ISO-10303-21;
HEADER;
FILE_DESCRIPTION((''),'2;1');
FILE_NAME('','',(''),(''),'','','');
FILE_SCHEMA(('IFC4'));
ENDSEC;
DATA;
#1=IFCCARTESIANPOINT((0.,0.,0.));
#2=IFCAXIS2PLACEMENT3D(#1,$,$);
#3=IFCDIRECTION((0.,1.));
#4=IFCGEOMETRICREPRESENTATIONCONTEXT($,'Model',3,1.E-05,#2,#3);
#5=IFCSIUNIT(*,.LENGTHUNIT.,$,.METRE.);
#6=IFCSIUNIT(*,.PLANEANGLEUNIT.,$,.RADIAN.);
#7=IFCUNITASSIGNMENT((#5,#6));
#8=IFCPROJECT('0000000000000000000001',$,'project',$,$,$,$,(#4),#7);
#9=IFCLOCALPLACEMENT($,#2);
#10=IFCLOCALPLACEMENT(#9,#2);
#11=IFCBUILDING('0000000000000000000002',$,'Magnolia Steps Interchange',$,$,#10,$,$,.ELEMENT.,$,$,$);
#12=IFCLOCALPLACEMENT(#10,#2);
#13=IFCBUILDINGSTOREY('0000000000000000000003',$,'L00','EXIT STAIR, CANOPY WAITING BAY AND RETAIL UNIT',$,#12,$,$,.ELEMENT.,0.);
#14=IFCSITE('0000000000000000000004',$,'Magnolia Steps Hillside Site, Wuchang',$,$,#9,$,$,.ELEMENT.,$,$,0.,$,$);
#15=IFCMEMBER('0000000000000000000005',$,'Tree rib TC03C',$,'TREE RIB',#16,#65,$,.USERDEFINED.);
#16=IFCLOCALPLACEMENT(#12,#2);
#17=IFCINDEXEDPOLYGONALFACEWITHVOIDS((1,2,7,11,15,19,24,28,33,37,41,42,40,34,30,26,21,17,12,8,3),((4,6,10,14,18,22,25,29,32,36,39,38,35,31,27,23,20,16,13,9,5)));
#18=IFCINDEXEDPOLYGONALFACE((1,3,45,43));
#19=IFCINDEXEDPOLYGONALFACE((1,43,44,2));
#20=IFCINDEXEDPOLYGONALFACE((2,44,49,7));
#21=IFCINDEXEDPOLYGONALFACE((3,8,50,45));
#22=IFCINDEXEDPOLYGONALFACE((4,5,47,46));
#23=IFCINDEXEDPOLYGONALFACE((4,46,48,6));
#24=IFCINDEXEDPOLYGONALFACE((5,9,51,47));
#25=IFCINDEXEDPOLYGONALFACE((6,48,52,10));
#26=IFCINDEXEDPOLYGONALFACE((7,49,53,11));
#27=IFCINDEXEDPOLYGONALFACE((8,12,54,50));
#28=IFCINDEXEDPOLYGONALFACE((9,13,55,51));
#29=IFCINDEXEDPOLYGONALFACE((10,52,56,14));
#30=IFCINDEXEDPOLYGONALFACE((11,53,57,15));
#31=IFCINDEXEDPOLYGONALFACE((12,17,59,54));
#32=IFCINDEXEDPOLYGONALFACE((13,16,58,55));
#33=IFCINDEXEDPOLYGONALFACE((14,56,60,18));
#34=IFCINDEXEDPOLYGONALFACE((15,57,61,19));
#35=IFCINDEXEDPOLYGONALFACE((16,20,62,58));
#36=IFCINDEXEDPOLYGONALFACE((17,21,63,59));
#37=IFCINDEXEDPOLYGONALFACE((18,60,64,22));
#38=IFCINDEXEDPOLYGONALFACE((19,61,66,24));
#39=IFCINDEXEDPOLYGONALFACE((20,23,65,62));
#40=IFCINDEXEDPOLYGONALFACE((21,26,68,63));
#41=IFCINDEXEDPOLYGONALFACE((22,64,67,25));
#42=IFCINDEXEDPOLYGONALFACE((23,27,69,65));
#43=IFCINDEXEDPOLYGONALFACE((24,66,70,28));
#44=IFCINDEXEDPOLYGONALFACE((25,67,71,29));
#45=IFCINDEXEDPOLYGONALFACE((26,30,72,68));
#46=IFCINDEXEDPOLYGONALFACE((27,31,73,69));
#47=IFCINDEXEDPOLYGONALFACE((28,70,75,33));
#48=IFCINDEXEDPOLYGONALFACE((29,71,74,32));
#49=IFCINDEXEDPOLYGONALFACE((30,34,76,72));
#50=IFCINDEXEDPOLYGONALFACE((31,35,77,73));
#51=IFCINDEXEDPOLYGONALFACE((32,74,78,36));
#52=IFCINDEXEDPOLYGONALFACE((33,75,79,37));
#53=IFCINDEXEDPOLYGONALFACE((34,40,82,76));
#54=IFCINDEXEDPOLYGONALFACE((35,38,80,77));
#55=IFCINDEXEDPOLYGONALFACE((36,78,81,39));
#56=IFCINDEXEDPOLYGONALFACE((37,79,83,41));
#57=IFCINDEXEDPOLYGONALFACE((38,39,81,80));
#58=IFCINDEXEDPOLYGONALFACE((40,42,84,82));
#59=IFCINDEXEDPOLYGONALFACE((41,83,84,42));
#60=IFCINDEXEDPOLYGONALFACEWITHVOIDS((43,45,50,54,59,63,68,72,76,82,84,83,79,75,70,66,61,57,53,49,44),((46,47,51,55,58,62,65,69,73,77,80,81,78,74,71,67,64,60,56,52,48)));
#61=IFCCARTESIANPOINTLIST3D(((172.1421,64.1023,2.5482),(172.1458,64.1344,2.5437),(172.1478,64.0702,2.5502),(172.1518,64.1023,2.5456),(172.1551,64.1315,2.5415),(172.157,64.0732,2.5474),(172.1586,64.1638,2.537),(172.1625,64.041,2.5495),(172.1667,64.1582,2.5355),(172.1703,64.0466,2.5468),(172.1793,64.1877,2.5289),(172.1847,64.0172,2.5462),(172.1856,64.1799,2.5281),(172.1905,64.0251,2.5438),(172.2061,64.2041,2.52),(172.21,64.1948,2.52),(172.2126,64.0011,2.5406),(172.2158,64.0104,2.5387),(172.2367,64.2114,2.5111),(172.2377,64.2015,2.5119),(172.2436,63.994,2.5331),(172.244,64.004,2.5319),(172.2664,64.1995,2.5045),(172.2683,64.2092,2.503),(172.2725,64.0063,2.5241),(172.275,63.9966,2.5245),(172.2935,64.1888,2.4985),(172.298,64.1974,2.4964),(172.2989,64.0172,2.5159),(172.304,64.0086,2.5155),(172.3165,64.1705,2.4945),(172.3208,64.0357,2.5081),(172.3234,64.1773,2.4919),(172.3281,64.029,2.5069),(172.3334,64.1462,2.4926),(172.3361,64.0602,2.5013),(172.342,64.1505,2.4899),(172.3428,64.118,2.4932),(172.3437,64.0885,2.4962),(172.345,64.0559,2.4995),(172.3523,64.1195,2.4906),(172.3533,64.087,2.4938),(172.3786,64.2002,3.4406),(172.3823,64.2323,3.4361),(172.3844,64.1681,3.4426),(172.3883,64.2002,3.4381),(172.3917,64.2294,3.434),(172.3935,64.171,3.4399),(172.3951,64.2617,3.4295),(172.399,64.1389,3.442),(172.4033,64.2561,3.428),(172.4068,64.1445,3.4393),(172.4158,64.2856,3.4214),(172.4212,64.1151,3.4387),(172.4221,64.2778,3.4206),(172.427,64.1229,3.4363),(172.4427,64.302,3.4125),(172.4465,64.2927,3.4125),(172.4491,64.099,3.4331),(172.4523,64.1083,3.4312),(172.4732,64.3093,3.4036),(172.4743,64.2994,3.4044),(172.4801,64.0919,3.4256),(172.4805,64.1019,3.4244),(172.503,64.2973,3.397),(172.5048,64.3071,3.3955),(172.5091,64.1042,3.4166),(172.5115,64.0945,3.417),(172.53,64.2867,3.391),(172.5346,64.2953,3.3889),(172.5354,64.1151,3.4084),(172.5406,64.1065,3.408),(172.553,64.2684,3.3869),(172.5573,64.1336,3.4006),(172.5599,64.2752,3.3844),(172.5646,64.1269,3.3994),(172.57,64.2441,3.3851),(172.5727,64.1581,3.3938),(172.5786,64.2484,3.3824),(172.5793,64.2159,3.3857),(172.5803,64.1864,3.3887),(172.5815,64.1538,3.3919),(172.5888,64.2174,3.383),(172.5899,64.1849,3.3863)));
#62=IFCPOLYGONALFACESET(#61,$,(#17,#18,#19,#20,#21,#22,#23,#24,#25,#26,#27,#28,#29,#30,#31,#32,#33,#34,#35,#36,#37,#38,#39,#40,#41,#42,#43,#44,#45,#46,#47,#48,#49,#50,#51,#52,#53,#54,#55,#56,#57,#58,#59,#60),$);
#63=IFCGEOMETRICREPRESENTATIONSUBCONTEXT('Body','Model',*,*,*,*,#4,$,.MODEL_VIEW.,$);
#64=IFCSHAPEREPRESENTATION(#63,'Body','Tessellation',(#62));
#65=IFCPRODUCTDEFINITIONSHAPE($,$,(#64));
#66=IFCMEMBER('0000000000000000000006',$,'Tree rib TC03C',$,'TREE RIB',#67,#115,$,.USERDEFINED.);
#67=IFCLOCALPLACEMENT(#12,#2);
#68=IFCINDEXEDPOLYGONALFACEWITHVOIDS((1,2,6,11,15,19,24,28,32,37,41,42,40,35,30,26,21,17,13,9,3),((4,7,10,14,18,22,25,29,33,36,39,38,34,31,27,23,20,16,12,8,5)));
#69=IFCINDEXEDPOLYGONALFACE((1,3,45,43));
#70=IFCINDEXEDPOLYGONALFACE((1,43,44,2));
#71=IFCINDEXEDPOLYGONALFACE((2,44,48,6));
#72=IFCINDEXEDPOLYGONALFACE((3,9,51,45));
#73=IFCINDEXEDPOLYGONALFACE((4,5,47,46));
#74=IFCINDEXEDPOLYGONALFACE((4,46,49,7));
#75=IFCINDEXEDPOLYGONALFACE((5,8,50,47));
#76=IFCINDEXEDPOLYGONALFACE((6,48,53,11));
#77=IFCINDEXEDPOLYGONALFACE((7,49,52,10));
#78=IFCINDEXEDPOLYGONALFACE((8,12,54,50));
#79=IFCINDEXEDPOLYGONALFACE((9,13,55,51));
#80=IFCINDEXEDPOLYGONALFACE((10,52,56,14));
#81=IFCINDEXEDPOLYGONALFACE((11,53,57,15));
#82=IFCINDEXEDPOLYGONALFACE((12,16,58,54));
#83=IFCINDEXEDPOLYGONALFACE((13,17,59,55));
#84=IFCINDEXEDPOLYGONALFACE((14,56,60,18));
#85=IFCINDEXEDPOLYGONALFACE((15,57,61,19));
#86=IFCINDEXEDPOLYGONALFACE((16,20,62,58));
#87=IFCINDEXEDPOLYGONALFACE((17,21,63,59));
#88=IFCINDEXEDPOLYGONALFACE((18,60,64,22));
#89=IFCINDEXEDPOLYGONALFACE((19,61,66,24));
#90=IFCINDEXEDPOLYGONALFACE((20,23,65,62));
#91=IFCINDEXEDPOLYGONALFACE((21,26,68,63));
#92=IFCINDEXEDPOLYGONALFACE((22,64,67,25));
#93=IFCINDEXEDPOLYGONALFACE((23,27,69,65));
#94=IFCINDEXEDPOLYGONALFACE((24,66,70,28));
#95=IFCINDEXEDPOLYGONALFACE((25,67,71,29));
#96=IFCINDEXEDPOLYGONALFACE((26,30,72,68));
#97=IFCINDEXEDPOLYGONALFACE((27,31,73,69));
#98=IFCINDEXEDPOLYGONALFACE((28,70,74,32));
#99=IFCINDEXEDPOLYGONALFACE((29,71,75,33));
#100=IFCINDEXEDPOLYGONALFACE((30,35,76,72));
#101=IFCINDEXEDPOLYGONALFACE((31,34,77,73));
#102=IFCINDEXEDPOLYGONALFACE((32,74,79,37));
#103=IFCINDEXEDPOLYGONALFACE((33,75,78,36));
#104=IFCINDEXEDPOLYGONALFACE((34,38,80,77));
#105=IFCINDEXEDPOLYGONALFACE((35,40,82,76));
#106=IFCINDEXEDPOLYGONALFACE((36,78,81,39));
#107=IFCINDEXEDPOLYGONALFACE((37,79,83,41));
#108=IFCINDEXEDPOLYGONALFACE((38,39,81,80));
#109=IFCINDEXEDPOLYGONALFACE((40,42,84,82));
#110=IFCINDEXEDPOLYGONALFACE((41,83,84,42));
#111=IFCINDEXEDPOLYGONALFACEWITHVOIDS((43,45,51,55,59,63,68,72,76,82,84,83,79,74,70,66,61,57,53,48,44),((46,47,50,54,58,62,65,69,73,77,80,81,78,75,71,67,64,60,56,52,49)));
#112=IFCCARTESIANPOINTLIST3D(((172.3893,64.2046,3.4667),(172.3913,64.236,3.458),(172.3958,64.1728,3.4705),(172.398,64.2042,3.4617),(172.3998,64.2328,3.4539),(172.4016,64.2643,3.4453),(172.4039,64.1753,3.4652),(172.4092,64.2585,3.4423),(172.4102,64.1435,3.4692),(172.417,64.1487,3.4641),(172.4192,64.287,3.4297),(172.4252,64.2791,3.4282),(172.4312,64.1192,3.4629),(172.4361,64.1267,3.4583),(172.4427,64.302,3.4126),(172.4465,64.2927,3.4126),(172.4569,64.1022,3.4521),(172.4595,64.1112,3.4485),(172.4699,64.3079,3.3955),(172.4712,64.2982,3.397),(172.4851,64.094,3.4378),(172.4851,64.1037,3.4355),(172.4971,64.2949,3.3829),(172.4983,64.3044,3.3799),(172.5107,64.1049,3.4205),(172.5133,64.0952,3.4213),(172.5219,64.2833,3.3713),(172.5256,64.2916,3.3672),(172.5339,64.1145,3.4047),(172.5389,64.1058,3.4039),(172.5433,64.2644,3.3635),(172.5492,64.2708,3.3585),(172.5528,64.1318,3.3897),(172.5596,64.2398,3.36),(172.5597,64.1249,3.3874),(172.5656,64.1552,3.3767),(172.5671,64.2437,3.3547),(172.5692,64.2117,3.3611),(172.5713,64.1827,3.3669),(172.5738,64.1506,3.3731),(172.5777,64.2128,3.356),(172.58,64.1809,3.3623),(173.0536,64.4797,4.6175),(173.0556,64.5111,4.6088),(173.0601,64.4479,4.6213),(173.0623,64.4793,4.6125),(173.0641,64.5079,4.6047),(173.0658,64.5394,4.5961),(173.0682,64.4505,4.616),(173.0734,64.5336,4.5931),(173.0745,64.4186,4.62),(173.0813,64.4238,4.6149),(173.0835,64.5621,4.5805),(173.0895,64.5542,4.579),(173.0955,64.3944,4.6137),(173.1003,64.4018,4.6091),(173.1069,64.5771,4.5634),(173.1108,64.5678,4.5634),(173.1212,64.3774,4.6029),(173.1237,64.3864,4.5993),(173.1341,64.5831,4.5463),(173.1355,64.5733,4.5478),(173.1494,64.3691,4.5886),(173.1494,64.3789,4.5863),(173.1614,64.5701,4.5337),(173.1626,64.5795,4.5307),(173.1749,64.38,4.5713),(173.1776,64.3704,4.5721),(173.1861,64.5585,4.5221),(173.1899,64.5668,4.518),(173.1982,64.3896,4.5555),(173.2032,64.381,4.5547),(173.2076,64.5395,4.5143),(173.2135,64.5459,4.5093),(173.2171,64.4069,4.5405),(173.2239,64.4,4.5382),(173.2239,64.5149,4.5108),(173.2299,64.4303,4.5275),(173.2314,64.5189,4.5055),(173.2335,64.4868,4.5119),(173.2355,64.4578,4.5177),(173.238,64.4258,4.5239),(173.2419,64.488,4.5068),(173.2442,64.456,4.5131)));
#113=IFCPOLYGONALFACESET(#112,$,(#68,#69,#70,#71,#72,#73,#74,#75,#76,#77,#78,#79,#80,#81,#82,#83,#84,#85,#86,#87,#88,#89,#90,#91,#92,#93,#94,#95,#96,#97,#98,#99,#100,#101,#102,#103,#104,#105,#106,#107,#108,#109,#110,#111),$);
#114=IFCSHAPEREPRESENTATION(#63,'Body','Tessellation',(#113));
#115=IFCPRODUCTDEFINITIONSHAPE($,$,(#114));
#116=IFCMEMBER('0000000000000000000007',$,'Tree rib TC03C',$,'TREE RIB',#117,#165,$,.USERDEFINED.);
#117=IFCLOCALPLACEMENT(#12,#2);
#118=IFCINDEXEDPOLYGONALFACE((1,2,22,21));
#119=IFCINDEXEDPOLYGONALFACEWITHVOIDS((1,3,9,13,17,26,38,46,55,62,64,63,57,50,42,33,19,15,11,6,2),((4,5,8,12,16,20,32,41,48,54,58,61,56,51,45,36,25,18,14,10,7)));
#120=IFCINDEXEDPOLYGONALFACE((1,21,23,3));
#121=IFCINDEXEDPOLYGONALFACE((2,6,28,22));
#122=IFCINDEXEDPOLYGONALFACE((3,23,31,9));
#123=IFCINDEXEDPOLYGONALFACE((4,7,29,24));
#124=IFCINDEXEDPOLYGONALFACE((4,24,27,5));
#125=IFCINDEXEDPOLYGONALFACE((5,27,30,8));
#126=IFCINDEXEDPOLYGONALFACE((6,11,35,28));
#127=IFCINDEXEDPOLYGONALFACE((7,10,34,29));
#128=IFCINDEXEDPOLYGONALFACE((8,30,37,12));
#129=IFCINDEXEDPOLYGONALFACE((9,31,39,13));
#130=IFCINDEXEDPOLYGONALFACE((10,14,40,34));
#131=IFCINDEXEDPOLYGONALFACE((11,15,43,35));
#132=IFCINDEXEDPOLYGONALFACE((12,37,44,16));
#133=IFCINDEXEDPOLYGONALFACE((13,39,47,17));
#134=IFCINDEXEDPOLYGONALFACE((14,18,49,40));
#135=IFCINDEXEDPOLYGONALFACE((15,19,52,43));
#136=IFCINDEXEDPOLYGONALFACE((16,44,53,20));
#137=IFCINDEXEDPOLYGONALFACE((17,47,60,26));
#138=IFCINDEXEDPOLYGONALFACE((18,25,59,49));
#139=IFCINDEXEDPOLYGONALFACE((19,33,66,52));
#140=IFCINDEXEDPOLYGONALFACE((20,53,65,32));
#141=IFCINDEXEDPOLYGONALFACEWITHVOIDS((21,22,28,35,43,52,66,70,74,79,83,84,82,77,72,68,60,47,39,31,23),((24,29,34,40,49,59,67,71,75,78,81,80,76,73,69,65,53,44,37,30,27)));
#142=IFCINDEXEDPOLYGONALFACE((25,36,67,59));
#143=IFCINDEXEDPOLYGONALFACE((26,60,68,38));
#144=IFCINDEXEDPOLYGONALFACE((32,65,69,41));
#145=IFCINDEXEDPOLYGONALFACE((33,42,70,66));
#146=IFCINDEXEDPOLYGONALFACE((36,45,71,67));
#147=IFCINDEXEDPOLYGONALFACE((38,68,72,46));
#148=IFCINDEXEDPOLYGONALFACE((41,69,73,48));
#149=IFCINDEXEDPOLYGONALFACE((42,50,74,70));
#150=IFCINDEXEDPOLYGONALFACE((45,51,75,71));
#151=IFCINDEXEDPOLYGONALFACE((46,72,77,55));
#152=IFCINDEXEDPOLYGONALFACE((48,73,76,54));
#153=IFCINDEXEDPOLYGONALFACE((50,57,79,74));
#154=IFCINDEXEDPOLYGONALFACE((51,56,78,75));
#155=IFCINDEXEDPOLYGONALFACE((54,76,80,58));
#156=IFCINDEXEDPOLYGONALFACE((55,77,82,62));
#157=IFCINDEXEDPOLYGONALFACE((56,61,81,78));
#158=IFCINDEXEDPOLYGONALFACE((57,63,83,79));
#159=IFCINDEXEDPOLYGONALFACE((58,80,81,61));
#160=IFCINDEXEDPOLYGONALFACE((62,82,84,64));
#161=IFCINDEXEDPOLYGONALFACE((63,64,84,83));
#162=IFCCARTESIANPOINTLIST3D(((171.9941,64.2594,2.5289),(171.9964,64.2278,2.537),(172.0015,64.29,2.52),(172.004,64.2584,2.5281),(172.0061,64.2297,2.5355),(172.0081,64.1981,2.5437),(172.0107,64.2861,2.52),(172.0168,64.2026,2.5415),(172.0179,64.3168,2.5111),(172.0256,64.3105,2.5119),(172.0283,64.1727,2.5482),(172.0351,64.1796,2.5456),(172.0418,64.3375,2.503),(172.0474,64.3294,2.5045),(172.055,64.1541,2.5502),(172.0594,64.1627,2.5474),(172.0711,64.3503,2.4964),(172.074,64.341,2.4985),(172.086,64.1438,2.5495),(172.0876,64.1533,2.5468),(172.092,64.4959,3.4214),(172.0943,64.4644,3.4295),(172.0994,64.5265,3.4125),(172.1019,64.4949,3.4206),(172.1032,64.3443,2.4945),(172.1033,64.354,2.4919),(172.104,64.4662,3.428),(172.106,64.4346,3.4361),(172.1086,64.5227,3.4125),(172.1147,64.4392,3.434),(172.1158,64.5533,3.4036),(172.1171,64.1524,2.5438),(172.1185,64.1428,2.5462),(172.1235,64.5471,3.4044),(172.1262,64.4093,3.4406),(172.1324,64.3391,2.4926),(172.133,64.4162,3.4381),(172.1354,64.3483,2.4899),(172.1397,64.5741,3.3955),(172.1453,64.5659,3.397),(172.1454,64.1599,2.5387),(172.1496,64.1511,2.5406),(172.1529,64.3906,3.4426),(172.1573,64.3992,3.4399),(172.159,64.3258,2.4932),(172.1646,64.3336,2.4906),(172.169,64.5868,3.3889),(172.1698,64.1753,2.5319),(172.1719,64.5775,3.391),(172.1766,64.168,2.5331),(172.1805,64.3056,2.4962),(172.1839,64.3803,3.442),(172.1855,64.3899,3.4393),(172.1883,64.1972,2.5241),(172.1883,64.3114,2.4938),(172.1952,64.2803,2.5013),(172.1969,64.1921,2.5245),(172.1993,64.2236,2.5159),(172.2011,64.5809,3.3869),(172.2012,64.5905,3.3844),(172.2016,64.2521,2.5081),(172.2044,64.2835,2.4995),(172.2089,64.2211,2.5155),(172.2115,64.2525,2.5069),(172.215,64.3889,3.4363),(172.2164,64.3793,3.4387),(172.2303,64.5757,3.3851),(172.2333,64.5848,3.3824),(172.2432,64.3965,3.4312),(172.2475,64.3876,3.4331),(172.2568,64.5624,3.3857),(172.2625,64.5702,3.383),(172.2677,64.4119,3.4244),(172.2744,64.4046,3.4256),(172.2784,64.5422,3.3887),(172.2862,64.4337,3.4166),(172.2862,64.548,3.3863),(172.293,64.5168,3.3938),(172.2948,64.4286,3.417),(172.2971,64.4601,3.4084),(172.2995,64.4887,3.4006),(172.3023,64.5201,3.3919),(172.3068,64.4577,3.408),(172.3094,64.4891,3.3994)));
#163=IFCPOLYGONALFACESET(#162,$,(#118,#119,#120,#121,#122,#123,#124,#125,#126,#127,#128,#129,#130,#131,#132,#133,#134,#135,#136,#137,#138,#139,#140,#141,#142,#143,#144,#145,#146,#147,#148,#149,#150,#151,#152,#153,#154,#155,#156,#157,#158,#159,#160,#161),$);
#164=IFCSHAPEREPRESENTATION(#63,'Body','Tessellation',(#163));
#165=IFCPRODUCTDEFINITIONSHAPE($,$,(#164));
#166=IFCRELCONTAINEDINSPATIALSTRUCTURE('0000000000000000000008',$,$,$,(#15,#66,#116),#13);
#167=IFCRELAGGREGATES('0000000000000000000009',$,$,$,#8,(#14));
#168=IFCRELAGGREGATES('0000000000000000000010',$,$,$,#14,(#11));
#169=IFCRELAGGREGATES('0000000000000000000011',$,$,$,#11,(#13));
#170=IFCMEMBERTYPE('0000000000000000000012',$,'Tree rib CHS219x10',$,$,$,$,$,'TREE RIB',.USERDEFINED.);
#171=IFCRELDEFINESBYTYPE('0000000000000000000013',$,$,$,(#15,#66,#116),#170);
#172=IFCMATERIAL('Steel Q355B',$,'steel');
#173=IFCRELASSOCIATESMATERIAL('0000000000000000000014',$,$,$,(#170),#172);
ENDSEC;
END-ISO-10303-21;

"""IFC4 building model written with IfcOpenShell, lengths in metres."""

from ifc_helpers import new_model, si_unit, direction, frame, origin, origin_2d, place, context, subcontext, project, spatial, hollow_circle, extrude, material, material_profile, profile_set, type_object, element, save


model = new_model("IFC4")

# Units and contexts
model_context = context("Model", 3, precision=1e-05, world=origin(), true_north=direction((0.0, 1.0)))
body_context = subcontext(model_context, "Body", "Model", "MODEL_VIEW")
ifc_project = project(units=[si_unit("LENGTHUNIT", "METRE"), si_unit("PLANEANGLEUNIT", "RADIAN")], contexts=[model_context])

# Site, building, storey
site_placement = place(None, origin())
site = spatial("IfcSite", under=ifc_project, at=site_placement, Name="Magnolia Steps Hillside Site, Wuchang", CompositionType="ELEMENT", RefElevation=0.0)
building_placement = place(site_placement, origin())
building = spatial("IfcBuilding", under=site, at=building_placement, Name="Magnolia Steps Interchange", CompositionType="ELEMENT")
storey_placement = place(building_placement, origin())
storey = spatial("IfcBuildingStorey", under=building, at=storey_placement, Name="L00", Description="EXIT STAIR, CANOPY WAITING BAY AND RETAIL UNIT", CompositionType="ELEMENT", Elevation=0.0)

# Members
ifc_material_1 = material(Name="Steel Q355B", Category="steel")
ifc_material_profile_1 = material_profile(ifc_material_1, hollow_circle(Radius=0.1096, WallThickness=0.01, at=origin_2d()), Name="CHS219x10")
ifc_profile_set_1 = profile_set([ifc_material_profile_1], Name="Steel Q355B")
member_type = type_object("IfcMemberType", Name="Tree rib CHS219x10", ElementType="TREE RIB", PredefinedType="USERDEFINED", material=ifc_profile_set_1)
member_1_placement = place(storey_placement, frame((172.248, 64.1028, 2.52), z_axis=(0.25477, 0.105431, 0.961237), x_axis=(-0.38238, 0.924005, 0.0)))
element("IfcMember", 1, at=member_1_placement, inside=storey, type_object=member_type, Name="Tree rib TC03C", ObjectType="TREE RIB", PredefinedType="USERDEFINED", context=body_context, shape_type="SweptSolid", body=[
    extrude(hollow_circle(Radius=0.1096, WallThickness=0.01, at=origin_2d()), origin(), (0.0, 0.0, 1.0), 0.9285),
])
member_2_placement = place(storey_placement, frame((172.4846, 64.2007, 3.4126), z_axis=(0.48953, 0.202756, 0.848086), x_axis=(-0.382662, 0.923889, 0.0)))
element("IfcMember", 2, at=member_2_placement, inside=storey, type_object=member_type, Name="Tree rib TC03C", ObjectType="TREE RIB", PredefinedType="USERDEFINED", context=body_context, shape_type="SweptSolid", body=[
    extrude(hollow_circle(Radius=0.1096, WallThickness=0.01, at=origin_2d()), origin(), (0.0, 0.0, 1.0), 1.3569),
])
member_3_placement = place(storey_placement, frame((172.1028, 64.248, 2.52), z_axis=(0.105431, 0.25477, 0.961237), x_axis=(-0.924005, 0.38238, 0.0)))
element("IfcMember", 3, at=member_3_placement, inside=storey, type_object=member_type, Name="Tree rib TC03C", ObjectType="TREE RIB", PredefinedType="USERDEFINED", context=body_context, shape_type="SweptSolid", body=[
    extrude(hollow_circle(Radius=0.1096, WallThickness=0.01, at=origin_2d()), origin(), (0.0, 0.0, 1.0), 0.9285),
])

save(model, "model.ifc")
